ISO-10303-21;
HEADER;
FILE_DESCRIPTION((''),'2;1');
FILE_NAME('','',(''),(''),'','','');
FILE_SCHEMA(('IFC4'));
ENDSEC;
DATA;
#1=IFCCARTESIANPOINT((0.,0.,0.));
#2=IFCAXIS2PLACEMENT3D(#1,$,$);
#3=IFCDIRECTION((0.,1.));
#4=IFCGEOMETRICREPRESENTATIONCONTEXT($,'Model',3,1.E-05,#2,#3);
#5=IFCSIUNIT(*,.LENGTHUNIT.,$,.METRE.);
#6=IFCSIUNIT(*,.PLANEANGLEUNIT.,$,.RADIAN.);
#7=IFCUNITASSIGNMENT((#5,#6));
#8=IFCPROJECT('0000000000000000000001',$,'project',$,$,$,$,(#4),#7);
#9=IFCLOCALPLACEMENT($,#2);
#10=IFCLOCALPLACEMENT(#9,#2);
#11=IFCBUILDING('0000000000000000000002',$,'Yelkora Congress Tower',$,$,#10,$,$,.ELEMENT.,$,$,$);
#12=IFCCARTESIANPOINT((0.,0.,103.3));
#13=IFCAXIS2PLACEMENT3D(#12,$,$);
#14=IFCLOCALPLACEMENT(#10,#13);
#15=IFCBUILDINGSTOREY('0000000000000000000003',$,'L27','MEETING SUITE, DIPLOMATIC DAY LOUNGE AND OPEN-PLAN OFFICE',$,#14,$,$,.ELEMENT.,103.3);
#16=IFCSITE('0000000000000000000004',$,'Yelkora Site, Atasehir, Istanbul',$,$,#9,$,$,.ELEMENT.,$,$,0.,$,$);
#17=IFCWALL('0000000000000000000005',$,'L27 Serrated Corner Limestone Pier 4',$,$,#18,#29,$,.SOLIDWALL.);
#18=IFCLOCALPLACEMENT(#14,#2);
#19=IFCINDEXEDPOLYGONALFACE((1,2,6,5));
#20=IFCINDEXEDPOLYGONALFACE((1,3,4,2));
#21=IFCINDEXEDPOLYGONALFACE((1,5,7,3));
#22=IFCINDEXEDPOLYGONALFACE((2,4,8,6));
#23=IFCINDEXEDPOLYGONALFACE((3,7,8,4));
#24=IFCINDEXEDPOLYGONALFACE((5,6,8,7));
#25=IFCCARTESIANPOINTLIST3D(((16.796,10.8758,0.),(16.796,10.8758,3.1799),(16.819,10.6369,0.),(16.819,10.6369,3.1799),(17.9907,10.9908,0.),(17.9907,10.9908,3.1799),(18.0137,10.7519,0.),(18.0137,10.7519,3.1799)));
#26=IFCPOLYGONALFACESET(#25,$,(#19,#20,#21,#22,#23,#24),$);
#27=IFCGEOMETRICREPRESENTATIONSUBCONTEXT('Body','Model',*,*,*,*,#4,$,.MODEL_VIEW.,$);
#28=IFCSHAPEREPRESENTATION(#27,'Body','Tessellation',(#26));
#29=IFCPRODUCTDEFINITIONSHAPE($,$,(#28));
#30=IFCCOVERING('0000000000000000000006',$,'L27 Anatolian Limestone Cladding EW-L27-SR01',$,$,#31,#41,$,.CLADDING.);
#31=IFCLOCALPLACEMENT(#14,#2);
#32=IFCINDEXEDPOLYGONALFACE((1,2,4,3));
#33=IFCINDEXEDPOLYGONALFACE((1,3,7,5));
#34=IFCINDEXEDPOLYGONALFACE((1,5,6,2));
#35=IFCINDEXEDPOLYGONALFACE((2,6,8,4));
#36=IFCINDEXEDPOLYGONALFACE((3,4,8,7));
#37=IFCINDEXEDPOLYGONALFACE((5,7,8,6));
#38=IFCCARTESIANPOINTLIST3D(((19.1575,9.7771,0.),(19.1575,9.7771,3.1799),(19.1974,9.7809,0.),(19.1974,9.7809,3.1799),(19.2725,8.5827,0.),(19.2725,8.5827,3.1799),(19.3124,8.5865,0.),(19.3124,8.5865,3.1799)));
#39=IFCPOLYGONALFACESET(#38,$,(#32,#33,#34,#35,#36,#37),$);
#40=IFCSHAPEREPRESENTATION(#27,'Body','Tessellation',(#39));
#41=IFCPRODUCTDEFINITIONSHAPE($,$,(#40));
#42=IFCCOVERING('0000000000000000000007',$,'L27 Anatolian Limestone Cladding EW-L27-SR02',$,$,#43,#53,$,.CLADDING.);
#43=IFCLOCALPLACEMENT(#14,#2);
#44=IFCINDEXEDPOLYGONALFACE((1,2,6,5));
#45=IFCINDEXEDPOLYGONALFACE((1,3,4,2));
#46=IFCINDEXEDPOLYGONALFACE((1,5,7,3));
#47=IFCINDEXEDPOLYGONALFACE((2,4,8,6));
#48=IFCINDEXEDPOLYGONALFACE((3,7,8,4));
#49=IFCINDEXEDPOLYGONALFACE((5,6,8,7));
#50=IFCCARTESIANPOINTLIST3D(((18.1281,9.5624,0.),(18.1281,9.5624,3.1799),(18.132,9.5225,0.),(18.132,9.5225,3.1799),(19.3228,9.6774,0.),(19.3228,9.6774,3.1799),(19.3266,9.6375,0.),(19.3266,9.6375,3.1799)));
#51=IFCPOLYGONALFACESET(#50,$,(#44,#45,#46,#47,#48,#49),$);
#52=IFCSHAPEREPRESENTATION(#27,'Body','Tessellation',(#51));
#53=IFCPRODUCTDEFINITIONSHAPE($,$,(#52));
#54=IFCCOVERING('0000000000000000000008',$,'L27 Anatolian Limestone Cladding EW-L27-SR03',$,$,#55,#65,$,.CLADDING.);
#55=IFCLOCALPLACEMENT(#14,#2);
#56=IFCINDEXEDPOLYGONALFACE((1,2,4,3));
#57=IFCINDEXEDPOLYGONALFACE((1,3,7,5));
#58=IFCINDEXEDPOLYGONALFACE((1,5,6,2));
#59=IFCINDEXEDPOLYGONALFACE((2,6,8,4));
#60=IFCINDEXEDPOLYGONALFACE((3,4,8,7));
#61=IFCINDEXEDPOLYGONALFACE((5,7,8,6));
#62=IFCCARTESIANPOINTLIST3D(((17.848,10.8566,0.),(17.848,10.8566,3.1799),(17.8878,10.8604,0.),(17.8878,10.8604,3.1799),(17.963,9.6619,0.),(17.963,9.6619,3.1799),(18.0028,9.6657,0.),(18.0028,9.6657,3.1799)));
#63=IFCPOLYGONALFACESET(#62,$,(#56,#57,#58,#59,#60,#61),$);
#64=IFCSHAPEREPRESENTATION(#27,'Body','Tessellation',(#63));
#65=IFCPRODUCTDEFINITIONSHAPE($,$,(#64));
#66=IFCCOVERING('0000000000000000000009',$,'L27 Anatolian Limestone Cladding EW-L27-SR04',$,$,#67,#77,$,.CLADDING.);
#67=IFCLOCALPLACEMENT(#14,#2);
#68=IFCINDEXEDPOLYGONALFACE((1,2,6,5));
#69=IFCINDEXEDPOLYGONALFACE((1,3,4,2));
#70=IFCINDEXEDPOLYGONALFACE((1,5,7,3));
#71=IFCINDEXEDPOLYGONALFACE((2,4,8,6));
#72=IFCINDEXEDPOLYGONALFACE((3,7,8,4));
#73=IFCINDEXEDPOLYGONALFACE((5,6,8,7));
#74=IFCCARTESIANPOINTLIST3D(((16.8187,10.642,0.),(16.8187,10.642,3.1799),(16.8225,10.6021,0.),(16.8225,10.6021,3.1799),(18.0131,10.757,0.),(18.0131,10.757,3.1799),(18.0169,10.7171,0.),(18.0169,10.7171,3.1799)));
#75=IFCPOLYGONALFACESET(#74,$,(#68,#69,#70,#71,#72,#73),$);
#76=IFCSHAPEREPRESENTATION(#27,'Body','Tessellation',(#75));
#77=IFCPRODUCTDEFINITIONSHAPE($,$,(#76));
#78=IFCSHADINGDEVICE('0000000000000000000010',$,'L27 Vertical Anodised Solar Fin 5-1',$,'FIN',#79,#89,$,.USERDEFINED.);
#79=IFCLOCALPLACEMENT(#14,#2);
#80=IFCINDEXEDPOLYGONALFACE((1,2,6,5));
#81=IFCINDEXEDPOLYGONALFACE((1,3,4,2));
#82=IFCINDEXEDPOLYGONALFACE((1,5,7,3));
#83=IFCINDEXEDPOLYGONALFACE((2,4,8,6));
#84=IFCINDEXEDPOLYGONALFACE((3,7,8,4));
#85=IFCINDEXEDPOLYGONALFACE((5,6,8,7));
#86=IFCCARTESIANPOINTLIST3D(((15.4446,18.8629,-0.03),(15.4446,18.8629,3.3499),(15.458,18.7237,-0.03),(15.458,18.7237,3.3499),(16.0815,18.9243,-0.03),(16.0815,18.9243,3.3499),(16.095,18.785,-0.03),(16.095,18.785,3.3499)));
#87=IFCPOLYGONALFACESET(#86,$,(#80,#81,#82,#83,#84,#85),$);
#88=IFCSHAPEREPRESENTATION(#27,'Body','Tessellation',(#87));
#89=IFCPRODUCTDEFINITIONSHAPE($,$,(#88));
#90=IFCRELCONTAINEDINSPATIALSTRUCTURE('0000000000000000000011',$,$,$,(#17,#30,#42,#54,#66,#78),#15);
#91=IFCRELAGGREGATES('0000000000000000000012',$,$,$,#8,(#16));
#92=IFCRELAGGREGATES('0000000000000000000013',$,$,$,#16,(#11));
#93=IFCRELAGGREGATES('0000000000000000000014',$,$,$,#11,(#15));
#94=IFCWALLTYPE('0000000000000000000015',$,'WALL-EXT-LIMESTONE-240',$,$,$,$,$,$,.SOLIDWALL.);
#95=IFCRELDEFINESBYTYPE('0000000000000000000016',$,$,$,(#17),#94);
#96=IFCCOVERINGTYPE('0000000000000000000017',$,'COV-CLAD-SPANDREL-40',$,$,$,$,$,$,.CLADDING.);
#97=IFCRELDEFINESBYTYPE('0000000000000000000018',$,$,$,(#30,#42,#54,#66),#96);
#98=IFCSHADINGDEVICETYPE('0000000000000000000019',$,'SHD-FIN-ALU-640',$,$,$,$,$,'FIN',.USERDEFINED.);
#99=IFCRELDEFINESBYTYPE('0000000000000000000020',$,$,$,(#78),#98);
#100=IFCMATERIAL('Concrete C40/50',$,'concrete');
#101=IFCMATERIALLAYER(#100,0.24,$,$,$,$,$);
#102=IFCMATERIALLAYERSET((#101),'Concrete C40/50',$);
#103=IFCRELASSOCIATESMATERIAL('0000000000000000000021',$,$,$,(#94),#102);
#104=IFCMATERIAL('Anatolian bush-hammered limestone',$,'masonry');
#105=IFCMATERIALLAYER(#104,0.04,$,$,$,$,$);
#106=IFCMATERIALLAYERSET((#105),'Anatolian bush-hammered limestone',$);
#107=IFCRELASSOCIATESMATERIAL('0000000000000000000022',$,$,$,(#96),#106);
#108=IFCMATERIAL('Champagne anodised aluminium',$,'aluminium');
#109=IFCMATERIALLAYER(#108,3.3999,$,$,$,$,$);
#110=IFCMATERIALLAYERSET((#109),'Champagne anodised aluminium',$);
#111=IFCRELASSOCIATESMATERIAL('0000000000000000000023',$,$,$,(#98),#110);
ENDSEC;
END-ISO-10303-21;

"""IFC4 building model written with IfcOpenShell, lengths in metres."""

from ifc_helpers import new_model, si_unit, direction, frame, frame_2d, origin, origin_2d, place, context, subcontext, project, spatial, rectangle, extrude, material, layer, layer_set, type_object, element, save


model = new_model("IFC4")

# Units and contexts
model_context = context("Model", 3, precision=1e-05, world=origin(), true_north=direction((0.0, 1.0)))
body_context = subcontext(model_context, "Body", "Model", "MODEL_VIEW")
ifc_project = project(units=[si_unit("LENGTHUNIT", "METRE"), si_unit("PLANEANGLEUNIT", "RADIAN")], contexts=[model_context])

# Site, building, storey
site_placement = place(None, origin())
site = spatial("IfcSite", under=ifc_project, at=site_placement, Name="Yelkora Site, Atasehir, Istanbul", CompositionType="ELEMENT", RefElevation=0.0)
building_placement = place(site_placement, origin())
building = spatial("IfcBuilding", under=site, at=building_placement, Name="Yelkora Congress Tower", CompositionType="ELEMENT")
storey_placement = place(building_placement, frame((0.0, 0.0, 103.3)))
storey = spatial("IfcBuildingStorey", under=building, at=storey_placement, Name="L27", Description="MEETING SUITE, DIPLOMATIC DAY LOUNGE AND OPEN-PLAN OFFICE", CompositionType="ELEMENT", Elevation=103.3)

# Shared definitions
ifc_material_1 = material(Name="Concrete C40/50", Category="concrete")

# Wall
ifc_layer_1 = layer(ifc_material_1, 0.24)
ifc_layer_set_1 = layer_set([ifc_layer_1], Name="Concrete C40/50")
wall_type = type_object("IfcWallType", Name="WALL-EXT-LIMESTONE-240", PredefinedType="SOLIDWALL", material=ifc_layer_set_1)
wall_1_placement = place(storey_placement, frame((18.0022, 10.8713, 0.0), z_axis=(0.0, 0.0, 1.0), x_axis=(-0.995399, -0.095817, 0.0)))
element("IfcWall", 1, at=wall_1_placement, inside=storey, type_object=wall_type, Name="L27 Serrated Corner Limestone Pier 4", PredefinedType="SOLIDWALL", context=body_context, shape_type="SweptSolid", body=[
    extrude(rectangle(XDim=1.2002, YDim=0.24, at=frame_2d((0.6001, 0.0))), origin(), (0.0, 0.0, 1.0), 3.1799),
])

# Coverings
ifc_material_2 = material(Name="Anatolian bush-hammered limestone", Category="masonry")
ifc_layer_2 = layer(ifc_material_2, 0.04)
ifc_layer_set_2 = layer_set([ifc_layer_2], Name="Anatolian bush-hammered limestone")
covering_type = type_object("IfcCoveringType", Name="COV-CLAD-SPANDREL-40", PredefinedType="CLADDING", material=ifc_layer_set_2)
covering_1_placement = place(storey_placement, frame((19.2925, 8.5845, 0.0), z_axis=(0.0, 0.0, 1.0), x_axis=(-0.095836, 0.995397, 0.0)))
element("IfcCovering", 2, at=covering_1_placement, inside=storey, type_object=covering_type, Name="L27 Anatolian Limestone Cladding EW-L27-SR01", PredefinedType="CLADDING", context=body_context, shape_type="SweptSolid", body=[
    extrude(rectangle(XDim=1.2, YDim=0.04, at=frame_2d((0.6001, 0.0))), origin(), (0.0, 0.0, 1.0), 3.1799),
])
for number, where, z_axis, x_axis, name in (
    (3, (19.3247, 9.6575, 0.0), (0.0, 0.0, 1.0), (-0.995399, -0.095817, 0.0), "L27 Anatolian Limestone Cladding EW-L27-SR02"),
    (4, (17.9829, 9.6638, 0.0), (0.0, 0.0, 1.0), (-0.095817, 0.995399, 0.0), "L27 Anatolian Limestone Cladding EW-L27-SR03"),
):
    element("IfcCovering", number, at=place(storey_placement, frame(where, z_axis=z_axis, x_axis=x_axis)), inside=storey, type_object=covering_type, Name=name, PredefinedType="CLADDING", context=body_context, shape_type="SweptSolid", body=[
        extrude(rectangle(XDim=1.2002, YDim=0.04, at=frame_2d((0.6001, 0.0))), origin(), (0.0, 0.0, 1.0), 3.1799),
    ])
covering_2_placement = place(storey_placement, frame((18.0151, 10.7371, 0.0), z_axis=(0.0, 0.0, 1.0), x_axis=(-0.995397, -0.095836, 0.0)))
element("IfcCovering", 5, at=covering_2_placement, inside=storey, type_object=covering_type, Name="L27 Anatolian Limestone Cladding EW-L27-SR04", PredefinedType="CLADDING", context=body_context, shape_type="SweptSolid", body=[
    extrude(rectangle(XDim=1.2, YDim=0.04, at=frame_2d((0.6001, 0.0))), origin(), (0.0, 0.0, 1.0), 3.1799),
])

# Shading device
ifc_material_3 = material(Name="Champagne anodised aluminium", Category="aluminium")
ifc_layer_3 = layer(ifc_material_3, 3.3999)
ifc_layer_set_3 = layer_set([ifc_layer_3], Name="Champagne anodised aluminium")
shading_device_type = type_object("IfcShadingDeviceType", Name="SHD-FIN-ALU-640", ElementType="FIN", PredefinedType="USERDEFINED", material=ifc_layer_set_3)
shading_device_placement = place(storey_placement, frame((15.7698, 18.824, -0.03), z_axis=(0.0, 0.0, 1.0), x_axis=(-0.095846, 0.995396, 0.0)))
element("IfcShadingDevice", 6, at=shading_device_placement, inside=storey, type_object=shading_device_type, Name="L27 Vertical Anodised Solar Fin 5-1", ObjectType="FIN", PredefinedType="USERDEFINED", context=body_context, shape_type="SweptSolid", body=[
    extrude(rectangle(XDim=0.1399, YDim=0.6399, at=origin_2d()), origin(), (0.0, 0.0, 1.0), 3.3799),
])

save(model, "model.ifc")
